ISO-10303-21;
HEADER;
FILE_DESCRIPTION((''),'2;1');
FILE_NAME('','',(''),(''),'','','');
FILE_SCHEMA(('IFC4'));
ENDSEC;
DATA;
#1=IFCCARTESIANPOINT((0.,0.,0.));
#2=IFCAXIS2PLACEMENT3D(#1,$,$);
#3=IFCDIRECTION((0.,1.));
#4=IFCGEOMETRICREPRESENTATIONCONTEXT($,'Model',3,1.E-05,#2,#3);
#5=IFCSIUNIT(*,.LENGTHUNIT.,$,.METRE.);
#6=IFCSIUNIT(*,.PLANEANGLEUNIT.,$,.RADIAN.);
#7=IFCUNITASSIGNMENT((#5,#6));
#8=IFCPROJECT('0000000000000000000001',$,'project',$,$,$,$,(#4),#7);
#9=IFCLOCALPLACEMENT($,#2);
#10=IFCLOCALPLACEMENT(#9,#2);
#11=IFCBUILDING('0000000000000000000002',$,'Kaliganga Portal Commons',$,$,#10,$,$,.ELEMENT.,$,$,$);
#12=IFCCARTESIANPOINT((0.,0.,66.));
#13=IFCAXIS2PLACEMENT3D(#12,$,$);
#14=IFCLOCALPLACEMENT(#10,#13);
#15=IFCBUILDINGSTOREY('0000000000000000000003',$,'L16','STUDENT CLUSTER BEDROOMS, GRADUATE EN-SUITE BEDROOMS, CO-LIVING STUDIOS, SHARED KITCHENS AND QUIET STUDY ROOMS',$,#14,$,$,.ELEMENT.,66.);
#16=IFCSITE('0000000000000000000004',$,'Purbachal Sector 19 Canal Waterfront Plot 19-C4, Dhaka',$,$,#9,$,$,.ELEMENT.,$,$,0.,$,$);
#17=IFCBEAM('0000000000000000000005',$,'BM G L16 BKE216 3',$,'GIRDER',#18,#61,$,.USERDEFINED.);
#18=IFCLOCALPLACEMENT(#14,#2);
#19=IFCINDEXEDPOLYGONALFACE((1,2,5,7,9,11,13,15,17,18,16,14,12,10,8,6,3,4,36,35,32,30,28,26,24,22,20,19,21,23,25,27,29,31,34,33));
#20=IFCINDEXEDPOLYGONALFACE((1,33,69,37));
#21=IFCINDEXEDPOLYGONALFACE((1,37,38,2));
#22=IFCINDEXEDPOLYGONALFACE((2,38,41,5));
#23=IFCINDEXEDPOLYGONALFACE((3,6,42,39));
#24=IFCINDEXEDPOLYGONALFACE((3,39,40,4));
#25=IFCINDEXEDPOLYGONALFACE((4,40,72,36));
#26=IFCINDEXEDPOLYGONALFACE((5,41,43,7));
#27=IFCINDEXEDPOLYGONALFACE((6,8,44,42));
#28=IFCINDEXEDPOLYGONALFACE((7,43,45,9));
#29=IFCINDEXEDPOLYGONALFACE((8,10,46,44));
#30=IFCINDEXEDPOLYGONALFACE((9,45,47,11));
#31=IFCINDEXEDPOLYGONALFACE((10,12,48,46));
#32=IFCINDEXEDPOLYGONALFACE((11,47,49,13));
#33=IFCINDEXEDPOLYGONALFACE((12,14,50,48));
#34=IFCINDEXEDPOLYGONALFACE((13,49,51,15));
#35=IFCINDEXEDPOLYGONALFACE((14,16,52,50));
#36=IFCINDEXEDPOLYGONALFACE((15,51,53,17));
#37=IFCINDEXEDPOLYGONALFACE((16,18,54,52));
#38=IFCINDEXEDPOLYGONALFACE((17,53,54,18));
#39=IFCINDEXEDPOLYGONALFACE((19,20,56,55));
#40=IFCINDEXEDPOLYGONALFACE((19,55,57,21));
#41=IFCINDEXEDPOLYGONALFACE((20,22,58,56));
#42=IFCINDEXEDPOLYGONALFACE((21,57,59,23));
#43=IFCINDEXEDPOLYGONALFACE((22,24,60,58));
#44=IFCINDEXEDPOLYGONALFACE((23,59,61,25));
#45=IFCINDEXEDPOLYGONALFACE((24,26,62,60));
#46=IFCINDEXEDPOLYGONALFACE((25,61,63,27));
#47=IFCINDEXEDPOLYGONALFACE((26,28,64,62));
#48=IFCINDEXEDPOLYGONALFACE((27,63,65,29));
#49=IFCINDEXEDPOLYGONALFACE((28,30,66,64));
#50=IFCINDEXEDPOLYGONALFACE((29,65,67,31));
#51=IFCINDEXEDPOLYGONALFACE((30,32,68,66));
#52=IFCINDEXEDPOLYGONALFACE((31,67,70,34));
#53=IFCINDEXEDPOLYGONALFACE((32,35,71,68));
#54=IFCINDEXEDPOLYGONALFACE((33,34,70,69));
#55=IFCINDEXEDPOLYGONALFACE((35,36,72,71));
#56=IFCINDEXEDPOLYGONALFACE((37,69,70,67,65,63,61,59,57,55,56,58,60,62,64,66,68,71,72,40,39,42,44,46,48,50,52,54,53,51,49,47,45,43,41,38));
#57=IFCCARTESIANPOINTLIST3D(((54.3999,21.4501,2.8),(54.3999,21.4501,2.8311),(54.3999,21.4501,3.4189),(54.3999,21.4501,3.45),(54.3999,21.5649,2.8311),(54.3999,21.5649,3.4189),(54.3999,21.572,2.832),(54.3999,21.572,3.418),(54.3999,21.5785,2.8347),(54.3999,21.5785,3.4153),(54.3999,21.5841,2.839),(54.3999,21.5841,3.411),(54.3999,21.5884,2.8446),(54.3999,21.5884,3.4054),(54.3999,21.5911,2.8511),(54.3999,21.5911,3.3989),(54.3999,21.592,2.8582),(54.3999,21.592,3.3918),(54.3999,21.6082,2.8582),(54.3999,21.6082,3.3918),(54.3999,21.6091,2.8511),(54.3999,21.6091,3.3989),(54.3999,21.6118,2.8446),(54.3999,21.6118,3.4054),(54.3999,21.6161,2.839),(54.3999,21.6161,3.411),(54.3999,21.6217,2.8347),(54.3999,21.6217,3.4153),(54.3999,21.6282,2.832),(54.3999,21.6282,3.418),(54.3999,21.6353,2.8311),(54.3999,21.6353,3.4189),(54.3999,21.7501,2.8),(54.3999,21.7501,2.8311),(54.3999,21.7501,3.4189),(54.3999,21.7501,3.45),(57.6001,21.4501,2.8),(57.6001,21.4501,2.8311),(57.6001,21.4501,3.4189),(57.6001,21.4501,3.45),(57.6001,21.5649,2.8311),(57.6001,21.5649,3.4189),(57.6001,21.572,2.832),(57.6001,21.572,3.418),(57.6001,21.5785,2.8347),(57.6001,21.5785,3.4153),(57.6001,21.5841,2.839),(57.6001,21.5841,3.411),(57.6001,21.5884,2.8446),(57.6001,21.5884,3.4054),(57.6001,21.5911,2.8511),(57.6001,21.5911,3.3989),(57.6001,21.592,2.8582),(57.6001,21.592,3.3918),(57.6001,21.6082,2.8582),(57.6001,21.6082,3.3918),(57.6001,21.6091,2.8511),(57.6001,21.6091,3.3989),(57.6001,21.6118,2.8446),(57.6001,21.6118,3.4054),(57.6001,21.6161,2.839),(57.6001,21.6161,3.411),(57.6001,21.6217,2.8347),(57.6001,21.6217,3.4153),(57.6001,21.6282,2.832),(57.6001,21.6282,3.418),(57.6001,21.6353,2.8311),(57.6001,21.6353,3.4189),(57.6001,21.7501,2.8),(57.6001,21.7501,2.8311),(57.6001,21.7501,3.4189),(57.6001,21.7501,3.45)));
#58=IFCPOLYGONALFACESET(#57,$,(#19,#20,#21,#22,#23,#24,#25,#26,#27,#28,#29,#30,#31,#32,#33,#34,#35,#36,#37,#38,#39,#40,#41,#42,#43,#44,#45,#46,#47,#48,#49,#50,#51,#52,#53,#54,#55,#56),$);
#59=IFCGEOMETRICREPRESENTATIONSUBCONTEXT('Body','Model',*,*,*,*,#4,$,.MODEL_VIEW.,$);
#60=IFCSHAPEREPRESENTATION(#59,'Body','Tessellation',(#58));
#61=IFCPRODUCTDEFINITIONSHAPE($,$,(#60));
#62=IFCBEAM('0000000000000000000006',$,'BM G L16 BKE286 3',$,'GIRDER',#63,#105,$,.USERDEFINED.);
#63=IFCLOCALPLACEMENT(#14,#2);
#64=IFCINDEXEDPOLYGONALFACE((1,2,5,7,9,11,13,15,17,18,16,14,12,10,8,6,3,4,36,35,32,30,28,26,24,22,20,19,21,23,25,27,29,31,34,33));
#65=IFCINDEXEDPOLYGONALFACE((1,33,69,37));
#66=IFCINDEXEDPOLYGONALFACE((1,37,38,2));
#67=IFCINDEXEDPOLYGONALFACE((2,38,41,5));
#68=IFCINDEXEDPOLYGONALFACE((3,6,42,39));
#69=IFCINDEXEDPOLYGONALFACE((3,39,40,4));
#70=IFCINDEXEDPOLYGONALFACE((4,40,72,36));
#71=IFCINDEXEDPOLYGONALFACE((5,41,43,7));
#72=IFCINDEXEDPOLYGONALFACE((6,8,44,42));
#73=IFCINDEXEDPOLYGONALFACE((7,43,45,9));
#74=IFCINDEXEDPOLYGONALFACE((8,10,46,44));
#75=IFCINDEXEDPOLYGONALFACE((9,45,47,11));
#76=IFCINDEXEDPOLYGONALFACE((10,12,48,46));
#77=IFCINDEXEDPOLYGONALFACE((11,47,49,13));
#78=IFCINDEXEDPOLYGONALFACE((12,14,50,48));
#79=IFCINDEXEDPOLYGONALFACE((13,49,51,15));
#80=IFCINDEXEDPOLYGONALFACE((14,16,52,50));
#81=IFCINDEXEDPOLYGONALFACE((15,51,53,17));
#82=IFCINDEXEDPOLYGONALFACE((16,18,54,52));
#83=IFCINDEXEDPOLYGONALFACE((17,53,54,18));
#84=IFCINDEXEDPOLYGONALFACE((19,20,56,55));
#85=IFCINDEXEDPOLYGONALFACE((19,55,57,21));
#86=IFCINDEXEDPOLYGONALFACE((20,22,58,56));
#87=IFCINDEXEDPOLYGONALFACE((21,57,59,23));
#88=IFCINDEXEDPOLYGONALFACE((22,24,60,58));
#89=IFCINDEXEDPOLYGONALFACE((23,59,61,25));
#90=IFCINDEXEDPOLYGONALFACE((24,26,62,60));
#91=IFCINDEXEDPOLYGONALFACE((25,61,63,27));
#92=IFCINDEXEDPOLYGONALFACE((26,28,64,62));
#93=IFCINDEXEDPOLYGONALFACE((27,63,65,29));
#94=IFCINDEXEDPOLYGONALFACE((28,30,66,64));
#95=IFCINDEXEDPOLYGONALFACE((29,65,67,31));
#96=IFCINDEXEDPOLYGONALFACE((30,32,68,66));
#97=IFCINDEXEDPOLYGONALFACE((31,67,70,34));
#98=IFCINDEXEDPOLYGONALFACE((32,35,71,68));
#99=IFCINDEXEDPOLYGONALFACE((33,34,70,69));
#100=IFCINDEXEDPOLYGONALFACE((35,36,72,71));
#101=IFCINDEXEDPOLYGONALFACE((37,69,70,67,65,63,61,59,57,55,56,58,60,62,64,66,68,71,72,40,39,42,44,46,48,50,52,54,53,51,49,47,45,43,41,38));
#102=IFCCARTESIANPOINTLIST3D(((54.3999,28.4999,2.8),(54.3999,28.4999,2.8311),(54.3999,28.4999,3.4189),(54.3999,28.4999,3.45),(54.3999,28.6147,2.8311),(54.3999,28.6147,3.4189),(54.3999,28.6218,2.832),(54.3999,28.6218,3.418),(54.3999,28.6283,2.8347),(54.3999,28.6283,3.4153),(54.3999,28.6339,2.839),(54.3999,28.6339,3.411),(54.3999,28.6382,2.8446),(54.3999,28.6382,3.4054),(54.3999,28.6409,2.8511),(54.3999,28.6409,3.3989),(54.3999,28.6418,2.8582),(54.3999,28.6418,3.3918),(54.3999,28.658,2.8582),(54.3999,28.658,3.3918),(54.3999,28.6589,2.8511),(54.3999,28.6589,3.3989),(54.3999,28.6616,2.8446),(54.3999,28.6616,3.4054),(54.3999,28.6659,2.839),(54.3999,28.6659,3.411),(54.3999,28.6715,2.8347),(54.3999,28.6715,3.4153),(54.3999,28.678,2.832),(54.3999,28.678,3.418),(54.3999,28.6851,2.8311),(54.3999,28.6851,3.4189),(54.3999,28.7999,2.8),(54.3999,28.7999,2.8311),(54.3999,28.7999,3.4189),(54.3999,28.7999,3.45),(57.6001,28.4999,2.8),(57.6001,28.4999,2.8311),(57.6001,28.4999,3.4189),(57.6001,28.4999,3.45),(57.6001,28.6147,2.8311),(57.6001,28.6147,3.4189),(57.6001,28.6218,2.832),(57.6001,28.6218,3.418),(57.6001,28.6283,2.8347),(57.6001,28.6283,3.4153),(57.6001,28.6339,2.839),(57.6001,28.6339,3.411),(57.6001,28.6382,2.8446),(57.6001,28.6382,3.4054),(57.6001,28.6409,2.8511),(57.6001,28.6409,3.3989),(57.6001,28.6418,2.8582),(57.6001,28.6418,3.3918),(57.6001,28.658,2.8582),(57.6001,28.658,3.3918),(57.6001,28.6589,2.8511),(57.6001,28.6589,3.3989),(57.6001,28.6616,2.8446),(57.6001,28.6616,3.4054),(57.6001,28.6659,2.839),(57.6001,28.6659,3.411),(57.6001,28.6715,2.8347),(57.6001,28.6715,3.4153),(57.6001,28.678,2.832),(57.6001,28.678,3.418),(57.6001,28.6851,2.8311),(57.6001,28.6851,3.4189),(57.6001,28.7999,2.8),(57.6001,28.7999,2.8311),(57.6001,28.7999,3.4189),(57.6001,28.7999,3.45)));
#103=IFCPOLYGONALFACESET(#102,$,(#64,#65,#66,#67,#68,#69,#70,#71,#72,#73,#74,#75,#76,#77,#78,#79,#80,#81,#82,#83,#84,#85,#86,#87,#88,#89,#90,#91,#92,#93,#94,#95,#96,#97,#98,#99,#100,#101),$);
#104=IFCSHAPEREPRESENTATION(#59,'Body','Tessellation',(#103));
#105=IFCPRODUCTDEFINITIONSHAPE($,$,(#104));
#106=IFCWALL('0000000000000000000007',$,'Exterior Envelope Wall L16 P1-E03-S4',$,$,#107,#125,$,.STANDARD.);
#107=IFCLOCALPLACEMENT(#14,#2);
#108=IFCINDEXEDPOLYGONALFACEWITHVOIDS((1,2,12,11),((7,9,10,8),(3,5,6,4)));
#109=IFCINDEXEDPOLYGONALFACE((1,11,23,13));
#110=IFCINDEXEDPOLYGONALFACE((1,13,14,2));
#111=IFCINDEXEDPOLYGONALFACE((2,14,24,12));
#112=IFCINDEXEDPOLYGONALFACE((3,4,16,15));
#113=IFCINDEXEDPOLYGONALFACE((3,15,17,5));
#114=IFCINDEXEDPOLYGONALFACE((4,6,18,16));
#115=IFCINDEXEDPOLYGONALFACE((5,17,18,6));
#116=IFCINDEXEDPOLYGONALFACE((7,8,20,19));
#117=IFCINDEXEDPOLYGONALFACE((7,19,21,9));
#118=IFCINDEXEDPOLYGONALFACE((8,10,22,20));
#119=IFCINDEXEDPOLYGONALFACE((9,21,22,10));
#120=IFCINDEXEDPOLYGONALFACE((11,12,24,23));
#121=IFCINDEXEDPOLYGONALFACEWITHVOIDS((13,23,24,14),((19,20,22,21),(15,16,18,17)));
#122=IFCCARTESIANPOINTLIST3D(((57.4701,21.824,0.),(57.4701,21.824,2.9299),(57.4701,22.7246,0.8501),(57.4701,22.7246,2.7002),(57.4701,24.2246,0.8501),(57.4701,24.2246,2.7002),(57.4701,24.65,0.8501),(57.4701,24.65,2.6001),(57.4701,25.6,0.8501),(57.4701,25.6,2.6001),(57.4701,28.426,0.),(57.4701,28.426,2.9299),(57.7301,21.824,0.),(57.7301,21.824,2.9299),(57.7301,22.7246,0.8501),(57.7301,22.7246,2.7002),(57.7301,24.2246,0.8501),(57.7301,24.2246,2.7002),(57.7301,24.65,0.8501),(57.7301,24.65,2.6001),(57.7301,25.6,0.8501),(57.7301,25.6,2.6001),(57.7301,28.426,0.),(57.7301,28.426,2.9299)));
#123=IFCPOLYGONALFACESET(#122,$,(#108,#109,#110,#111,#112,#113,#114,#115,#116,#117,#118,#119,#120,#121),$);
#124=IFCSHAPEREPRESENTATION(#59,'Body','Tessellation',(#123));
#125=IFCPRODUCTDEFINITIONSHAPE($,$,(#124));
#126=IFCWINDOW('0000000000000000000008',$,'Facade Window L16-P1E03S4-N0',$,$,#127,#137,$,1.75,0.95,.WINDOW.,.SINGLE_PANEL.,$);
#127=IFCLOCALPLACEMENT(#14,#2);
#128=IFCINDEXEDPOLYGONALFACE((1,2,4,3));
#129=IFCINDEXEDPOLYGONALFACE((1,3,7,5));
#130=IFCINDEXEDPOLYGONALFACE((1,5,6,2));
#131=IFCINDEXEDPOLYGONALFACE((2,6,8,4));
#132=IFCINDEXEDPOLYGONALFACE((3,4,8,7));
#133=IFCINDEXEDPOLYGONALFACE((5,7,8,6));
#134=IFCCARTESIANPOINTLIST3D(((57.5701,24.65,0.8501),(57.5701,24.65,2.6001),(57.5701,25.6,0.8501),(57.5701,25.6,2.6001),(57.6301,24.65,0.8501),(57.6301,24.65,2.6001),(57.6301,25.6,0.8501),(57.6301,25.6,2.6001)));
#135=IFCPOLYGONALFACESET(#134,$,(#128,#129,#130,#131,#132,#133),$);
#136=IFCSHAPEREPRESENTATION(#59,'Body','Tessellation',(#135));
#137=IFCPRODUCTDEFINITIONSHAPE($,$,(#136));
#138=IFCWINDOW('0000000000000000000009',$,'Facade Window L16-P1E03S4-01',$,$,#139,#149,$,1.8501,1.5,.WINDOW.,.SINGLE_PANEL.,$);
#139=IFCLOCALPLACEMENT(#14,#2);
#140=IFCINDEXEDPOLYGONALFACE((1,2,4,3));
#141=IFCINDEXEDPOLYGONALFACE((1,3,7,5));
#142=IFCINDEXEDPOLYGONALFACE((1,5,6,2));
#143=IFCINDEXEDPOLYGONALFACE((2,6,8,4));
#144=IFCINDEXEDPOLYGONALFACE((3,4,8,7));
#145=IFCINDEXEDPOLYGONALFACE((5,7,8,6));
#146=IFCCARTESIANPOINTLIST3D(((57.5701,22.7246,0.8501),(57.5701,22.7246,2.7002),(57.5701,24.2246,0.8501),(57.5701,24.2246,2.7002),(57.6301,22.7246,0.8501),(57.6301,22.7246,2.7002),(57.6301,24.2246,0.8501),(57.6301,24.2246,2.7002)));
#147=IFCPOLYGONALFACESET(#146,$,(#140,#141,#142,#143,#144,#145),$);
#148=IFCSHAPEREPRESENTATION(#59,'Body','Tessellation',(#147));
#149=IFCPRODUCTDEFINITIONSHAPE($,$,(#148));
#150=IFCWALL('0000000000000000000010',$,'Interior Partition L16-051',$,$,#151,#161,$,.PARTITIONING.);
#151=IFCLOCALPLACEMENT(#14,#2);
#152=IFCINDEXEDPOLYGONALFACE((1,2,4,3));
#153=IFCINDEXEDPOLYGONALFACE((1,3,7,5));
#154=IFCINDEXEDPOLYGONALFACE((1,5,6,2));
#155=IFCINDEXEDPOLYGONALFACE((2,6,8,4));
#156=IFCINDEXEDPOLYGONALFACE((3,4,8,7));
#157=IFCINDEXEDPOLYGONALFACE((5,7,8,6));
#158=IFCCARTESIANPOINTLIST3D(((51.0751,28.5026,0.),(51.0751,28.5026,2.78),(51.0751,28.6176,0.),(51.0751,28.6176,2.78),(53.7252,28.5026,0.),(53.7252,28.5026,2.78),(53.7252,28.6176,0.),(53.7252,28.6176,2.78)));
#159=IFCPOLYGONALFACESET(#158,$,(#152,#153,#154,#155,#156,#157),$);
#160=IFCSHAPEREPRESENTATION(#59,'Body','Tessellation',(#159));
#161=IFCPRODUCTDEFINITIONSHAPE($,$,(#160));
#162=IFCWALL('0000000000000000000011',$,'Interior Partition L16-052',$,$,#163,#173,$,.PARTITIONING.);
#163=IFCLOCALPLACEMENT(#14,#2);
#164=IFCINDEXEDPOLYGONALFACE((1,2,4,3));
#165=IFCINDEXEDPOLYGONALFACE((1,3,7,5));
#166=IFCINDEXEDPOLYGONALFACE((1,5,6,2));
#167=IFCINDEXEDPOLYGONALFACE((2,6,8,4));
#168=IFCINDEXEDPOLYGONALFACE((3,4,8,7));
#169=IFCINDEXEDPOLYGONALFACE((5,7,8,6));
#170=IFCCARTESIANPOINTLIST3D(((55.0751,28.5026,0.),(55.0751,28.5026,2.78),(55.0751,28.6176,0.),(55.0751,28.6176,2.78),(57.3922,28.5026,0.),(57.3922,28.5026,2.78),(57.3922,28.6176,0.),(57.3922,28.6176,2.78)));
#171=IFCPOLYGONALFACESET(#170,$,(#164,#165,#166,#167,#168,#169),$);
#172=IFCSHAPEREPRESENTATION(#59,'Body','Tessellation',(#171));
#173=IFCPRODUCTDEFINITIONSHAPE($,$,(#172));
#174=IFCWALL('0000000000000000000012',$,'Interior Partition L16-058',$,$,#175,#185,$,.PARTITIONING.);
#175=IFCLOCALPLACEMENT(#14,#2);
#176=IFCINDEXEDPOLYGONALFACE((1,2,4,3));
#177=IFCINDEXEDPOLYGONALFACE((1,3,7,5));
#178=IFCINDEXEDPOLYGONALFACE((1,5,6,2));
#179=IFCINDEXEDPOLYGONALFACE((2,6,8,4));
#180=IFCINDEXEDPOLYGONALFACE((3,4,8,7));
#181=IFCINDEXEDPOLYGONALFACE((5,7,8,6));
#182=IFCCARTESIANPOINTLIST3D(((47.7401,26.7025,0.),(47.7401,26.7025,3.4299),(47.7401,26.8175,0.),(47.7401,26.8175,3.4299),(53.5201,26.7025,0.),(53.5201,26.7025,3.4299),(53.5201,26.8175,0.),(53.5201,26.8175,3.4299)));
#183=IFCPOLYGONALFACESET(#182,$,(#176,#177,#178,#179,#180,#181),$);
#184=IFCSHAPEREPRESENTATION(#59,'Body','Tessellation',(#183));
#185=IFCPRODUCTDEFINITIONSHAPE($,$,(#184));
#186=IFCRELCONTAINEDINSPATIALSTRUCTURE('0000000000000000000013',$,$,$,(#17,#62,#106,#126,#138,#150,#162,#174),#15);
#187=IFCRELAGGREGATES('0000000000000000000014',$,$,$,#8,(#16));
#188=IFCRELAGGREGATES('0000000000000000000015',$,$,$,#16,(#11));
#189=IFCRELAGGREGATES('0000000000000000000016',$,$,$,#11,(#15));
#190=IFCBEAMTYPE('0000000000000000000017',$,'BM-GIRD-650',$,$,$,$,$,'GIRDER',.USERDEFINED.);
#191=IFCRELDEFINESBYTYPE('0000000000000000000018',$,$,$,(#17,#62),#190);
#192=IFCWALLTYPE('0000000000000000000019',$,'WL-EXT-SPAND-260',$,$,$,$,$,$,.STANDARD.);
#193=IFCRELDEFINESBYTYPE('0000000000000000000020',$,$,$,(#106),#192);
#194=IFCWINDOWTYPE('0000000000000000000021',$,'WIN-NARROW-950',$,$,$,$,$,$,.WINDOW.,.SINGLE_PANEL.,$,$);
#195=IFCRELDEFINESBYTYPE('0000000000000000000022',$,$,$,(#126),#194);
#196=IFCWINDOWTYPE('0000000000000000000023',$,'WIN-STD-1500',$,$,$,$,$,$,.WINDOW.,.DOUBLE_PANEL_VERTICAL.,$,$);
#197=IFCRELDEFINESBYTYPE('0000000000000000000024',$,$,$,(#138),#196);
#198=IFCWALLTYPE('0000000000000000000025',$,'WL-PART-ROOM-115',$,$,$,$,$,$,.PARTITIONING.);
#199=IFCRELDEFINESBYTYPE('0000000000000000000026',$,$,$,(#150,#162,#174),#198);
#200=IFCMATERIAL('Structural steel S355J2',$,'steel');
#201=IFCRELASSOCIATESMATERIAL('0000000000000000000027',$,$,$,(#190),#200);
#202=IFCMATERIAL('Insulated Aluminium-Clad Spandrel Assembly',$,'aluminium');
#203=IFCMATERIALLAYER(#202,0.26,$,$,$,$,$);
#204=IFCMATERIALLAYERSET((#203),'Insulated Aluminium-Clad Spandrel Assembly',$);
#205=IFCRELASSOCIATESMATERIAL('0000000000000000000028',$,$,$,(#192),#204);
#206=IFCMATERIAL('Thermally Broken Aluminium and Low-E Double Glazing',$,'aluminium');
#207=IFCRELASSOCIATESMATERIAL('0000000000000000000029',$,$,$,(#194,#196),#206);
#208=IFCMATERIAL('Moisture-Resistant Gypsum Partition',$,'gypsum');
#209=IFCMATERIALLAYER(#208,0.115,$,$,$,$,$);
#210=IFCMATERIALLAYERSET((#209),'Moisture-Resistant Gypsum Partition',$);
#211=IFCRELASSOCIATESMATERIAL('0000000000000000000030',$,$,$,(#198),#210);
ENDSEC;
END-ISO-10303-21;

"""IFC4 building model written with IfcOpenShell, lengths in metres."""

from ifc_helpers import new_model, si_unit, direction, frame, frame_2d, origin, origin_2d, place, context, subcontext, project, spatial, rectangle, i_section, extrude, source, transform, mapped, material, layer, layer_set, material_profile, profile_set, type_object, element, fill, save


model = new_model("IFC4")

# Units and contexts
model_context = context("Model", 3, precision=1e-05, world=origin(), true_north=direction((0.0, 1.0)))
body_context = subcontext(model_context, "Body", "Model", "MODEL_VIEW")
ifc_project = project(units=[si_unit("LENGTHUNIT", "METRE"), si_unit("PLANEANGLEUNIT", "RADIAN")], contexts=[model_context])

# Site, building, storey
site_placement = place(None, origin())
site = spatial("IfcSite", under=ifc_project, at=site_placement, Name="Purbachal Sector 19 Canal Waterfront Plot 19-C4, Dhaka", CompositionType="ELEMENT", RefElevation=0.0)
building_placement = place(site_placement, origin())
building = spatial("IfcBuilding", under=site, at=building_placement, Name="Kaliganga Portal Commons", CompositionType="ELEMENT")
storey_placement = place(building_placement, frame((0.0, 0.0, 66.0)))
storey = spatial("IfcBuildingStorey", under=building, at=storey_placement, Name="L16", Description="STUDENT CLUSTER BEDROOMS, GRADUATE EN-SUITE BEDROOMS, CO-LIVING STUDIOS, SHARED KITCHENS AND QUIET STUDY ROOMS", CompositionType="ELEMENT", Elevation=66.0)

# Beams
ifc_material_1 = material(Name="Structural steel S355J2", Category="steel")
ifc_material_profile_1 = material_profile(ifc_material_1, i_section(OverallWidth=0.3, OverallDepth=0.6499, WebThickness=0.0161, FlangeThickness=0.031, FilletRadius=0.0271, at=origin_2d()), Name="HE 650 B")
ifc_profile_set_1 = profile_set([ifc_material_profile_1], Name="Structural steel S355J2 wide-flange")
beam_type_1 = type_object("IfcBeamType", Name="BM-GIRD-650", ElementType="GIRDER", PredefinedType="USERDEFINED", material=ifc_profile_set_1)
shared_shape_1 = source(origin(), body_context, "Body", "SweptSolid", [
    extrude(i_section(OverallWidth=0.3, OverallDepth=0.6499, WebThickness=0.0161, FlangeThickness=0.031, FilletRadius=0.0271, at=origin_2d()), origin(), (0.0, 0.0, 1.0), 3.2002),
])
for number, where, z_axis, x_axis, name in (
    (1, (54.3999, 21.6001, 3.125), (1.0, 0.0, 0.0), (0.0, 1.0, 0.0), "BM G L16 BKE216 3"),
    (2, (54.3999, 28.6499, 3.125), (1.0, 0.0, 0.0), (0.0, 1.0, 0.0), "BM G L16 BKE286 3"),
):
    element("IfcBeam", number, at=place(storey_placement, frame(where, z_axis=z_axis, x_axis=x_axis)), inside=storey, type_object=beam_type_1, Name=name, ObjectType="GIRDER", PredefinedType="USERDEFINED", context=body_context, shape_type="MappedRepresentation", body=[
        mapped(shared_shape_1, transform((0.0, 0.0, 0.0), x_axis=(1.0, 0.0, 0.0), y_axis=(0.0, 1.0, 0.0), z_axis=(0.0, 0.0, 1.0), scale=1.0)),
    ])

# Wall, openings, windows
ifc_material_2 = material(Name="Insulated Aluminium-Clad Spandrel Assembly", Category="aluminium")
ifc_layer_1 = layer(ifc_material_2, 0.26)
ifc_layer_set_1 = layer_set([ifc_layer_1], Name="Insulated Aluminium-Clad Spandrel Assembly")
wall_type_1 = type_object("IfcWallType", Name="WL-EXT-SPAND-260", PredefinedType="STANDARD", material=ifc_layer_set_1)
wall_1_placement = place(storey_placement, frame((57.6001, 28.426, 0.0), z_axis=(0.0, 0.0, 1.0), x_axis=(0.0, -1.0, 0.0)))
wall_1 = element("IfcWall", 3, at=wall_1_placement, inside=storey, type_object=wall_type_1, Name="Exterior Envelope Wall L16 P1-E03-S4", PredefinedType="STANDARD", context=body_context, shape_type="SweptSolid", body=[
    extrude(rectangle(XDim=6.6021, YDim=0.26, at=frame_2d((3.301, 0.0))), origin(), (0.0, 0.0, 1.0), 2.9299),
])
opening_1_placement = place(wall_1_placement, frame((4.2014, 0.0, 0.8501)))
opening_1 = element("IfcOpeningElement", 4, at=opening_1_placement, cuts=wall_1, PredefinedType="OPENING", context=body_context, shape_type="SweptSolid", body=[
    extrude(rectangle(XDim=1.5, YDim=1.8501, at=frame_2d((0.75, 0.925))), frame((0.0, 0.1401, 0.0), z_axis=(0.0, -1.0, 0.0), x_axis=(1.0, 0.0, 0.0)), (0.0, 0.0, 1.0), 0.28),
])
opening_2_placement = place(wall_1_placement, frame((2.8259, 0.0, 0.8501)))
opening_2 = element("IfcOpeningElement", 5, at=opening_2_placement, cuts=wall_1, PredefinedType="OPENING", context=body_context, shape_type="SweptSolid", body=[
    extrude(rectangle(XDim=0.95, YDim=1.75, at=frame_2d((0.4751, 0.875))), frame((0.0, 0.1401, 0.0), z_axis=(0.0, -1.0, 0.0), x_axis=(1.0, 0.0, 0.0)), (0.0, 0.0, 1.0), 0.28),
])
ifc_material_3 = material(Name="Thermally Broken Aluminium and Low-E Double Glazing", Category="aluminium")
window_type_1 = type_object("IfcWindowType", Name="WIN-NARROW-950", PartitioningType="SINGLE_PANEL", PredefinedType="WINDOW", material=ifc_material_3)
window_1_placement = place(opening_2_placement, origin())
window_1 = element("IfcWindow", 6, at=window_1_placement, inside=storey, type_object=window_type_1, Name="Facade Window L16-P1E03S4-N0", OverallHeight=1.75, OverallWidth=0.95, PartitioningType="SINGLE_PANEL", PredefinedType="WINDOW", context=body_context, shape_type="SweptSolid", body=[
    extrude(rectangle(XDim=0.95, YDim=1.75, at=frame_2d((0.4751, 0.875))), frame((0.0, 0.03, 0.0), z_axis=(0.0, -1.0, 0.0), x_axis=(1.0, 0.0, 0.0)), (0.0, 0.0, 1.0), 0.0601),
])
fill(opening_2, window_1)
window_type_2 = type_object("IfcWindowType", Name="WIN-STD-1500", PartitioningType="DOUBLE_PANEL_VERTICAL", PredefinedType="WINDOW", material=ifc_material_3)
window_2_placement = place(opening_1_placement, origin())
window_2 = element("IfcWindow", 7, at=window_2_placement, inside=storey, type_object=window_type_2, Name="Facade Window L16-P1E03S4-01", OverallHeight=1.8501, OverallWidth=1.5, PartitioningType="SINGLE_PANEL", PredefinedType="WINDOW", context=body_context, shape_type="SweptSolid", body=[
    extrude(rectangle(XDim=1.5, YDim=1.8501, at=frame_2d((0.75, 0.925))), frame((0.0, 0.03, 0.0), z_axis=(0.0, -1.0, 0.0), x_axis=(1.0, 0.0, 0.0)), (0.0, 0.0, 1.0), 0.0601),
])
fill(opening_1, window_2)

# Walls
ifc_material_4 = material(Name="Moisture-Resistant Gypsum Partition", Category="gypsum")
ifc_layer_2 = layer(ifc_material_4, 0.115)
ifc_layer_set_2 = layer_set([ifc_layer_2], Name="Moisture-Resistant Gypsum Partition")
wall_type_2 = type_object("IfcWallType", Name="WL-PART-ROOM-115", PredefinedType="PARTITIONING", material=ifc_layer_set_2)
wall_2_placement = place(storey_placement, frame((51.075, 28.5601, 0.0), z_axis=(0.0, 0.0, 1.0), x_axis=(1.0, 0.0, 0.0)))
element("IfcWall", 8, at=wall_2_placement, inside=storey, type_object=wall_type_2, Name="Interior Partition L16-051", PredefinedType="PARTITIONING", context=body_context, shape_type="SweptSolid", body=[
    extrude(rectangle(XDim=2.6501, YDim=0.115, at=frame_2d((1.3252, 0.0))), origin(), (0.0, 0.0, 1.0), 2.78),
])
wall_3_placement = place(storey_placement, frame((55.075, 28.5601, 0.0), z_axis=(0.0, 0.0, 1.0), x_axis=(1.0, 0.0, 0.0)))
element("IfcWall", 9, at=wall_3_placement, inside=storey, type_object=wall_type_2, Name="Interior Partition L16-052", PredefinedType="PARTITIONING", context=body_context, shape_type="SweptSolid", body=[
    extrude(rectangle(XDim=2.3171, YDim=0.115, at=frame_2d((1.1587, 0.0))), origin(), (0.0, 0.0, 1.0), 2.78),
])
wall_4_placement = place(storey_placement, frame((47.74, 26.76, 0.0), z_axis=(0.0, 0.0, 1.0), x_axis=(1.0, 0.0, 0.0)))
element("IfcWall", 10, at=wall_4_placement, inside=storey, type_object=wall_type_2, Name="Interior Partition L16-058", PredefinedType="PARTITIONING", context=body_context, shape_type="SweptSolid", body=[
    extrude(rectangle(XDim=5.78, YDim=0.115, at=frame_2d((2.8901, 0.0))), origin(), (0.0, 0.0, 1.0), 3.4299),
])

save(model, "model.ifc")
